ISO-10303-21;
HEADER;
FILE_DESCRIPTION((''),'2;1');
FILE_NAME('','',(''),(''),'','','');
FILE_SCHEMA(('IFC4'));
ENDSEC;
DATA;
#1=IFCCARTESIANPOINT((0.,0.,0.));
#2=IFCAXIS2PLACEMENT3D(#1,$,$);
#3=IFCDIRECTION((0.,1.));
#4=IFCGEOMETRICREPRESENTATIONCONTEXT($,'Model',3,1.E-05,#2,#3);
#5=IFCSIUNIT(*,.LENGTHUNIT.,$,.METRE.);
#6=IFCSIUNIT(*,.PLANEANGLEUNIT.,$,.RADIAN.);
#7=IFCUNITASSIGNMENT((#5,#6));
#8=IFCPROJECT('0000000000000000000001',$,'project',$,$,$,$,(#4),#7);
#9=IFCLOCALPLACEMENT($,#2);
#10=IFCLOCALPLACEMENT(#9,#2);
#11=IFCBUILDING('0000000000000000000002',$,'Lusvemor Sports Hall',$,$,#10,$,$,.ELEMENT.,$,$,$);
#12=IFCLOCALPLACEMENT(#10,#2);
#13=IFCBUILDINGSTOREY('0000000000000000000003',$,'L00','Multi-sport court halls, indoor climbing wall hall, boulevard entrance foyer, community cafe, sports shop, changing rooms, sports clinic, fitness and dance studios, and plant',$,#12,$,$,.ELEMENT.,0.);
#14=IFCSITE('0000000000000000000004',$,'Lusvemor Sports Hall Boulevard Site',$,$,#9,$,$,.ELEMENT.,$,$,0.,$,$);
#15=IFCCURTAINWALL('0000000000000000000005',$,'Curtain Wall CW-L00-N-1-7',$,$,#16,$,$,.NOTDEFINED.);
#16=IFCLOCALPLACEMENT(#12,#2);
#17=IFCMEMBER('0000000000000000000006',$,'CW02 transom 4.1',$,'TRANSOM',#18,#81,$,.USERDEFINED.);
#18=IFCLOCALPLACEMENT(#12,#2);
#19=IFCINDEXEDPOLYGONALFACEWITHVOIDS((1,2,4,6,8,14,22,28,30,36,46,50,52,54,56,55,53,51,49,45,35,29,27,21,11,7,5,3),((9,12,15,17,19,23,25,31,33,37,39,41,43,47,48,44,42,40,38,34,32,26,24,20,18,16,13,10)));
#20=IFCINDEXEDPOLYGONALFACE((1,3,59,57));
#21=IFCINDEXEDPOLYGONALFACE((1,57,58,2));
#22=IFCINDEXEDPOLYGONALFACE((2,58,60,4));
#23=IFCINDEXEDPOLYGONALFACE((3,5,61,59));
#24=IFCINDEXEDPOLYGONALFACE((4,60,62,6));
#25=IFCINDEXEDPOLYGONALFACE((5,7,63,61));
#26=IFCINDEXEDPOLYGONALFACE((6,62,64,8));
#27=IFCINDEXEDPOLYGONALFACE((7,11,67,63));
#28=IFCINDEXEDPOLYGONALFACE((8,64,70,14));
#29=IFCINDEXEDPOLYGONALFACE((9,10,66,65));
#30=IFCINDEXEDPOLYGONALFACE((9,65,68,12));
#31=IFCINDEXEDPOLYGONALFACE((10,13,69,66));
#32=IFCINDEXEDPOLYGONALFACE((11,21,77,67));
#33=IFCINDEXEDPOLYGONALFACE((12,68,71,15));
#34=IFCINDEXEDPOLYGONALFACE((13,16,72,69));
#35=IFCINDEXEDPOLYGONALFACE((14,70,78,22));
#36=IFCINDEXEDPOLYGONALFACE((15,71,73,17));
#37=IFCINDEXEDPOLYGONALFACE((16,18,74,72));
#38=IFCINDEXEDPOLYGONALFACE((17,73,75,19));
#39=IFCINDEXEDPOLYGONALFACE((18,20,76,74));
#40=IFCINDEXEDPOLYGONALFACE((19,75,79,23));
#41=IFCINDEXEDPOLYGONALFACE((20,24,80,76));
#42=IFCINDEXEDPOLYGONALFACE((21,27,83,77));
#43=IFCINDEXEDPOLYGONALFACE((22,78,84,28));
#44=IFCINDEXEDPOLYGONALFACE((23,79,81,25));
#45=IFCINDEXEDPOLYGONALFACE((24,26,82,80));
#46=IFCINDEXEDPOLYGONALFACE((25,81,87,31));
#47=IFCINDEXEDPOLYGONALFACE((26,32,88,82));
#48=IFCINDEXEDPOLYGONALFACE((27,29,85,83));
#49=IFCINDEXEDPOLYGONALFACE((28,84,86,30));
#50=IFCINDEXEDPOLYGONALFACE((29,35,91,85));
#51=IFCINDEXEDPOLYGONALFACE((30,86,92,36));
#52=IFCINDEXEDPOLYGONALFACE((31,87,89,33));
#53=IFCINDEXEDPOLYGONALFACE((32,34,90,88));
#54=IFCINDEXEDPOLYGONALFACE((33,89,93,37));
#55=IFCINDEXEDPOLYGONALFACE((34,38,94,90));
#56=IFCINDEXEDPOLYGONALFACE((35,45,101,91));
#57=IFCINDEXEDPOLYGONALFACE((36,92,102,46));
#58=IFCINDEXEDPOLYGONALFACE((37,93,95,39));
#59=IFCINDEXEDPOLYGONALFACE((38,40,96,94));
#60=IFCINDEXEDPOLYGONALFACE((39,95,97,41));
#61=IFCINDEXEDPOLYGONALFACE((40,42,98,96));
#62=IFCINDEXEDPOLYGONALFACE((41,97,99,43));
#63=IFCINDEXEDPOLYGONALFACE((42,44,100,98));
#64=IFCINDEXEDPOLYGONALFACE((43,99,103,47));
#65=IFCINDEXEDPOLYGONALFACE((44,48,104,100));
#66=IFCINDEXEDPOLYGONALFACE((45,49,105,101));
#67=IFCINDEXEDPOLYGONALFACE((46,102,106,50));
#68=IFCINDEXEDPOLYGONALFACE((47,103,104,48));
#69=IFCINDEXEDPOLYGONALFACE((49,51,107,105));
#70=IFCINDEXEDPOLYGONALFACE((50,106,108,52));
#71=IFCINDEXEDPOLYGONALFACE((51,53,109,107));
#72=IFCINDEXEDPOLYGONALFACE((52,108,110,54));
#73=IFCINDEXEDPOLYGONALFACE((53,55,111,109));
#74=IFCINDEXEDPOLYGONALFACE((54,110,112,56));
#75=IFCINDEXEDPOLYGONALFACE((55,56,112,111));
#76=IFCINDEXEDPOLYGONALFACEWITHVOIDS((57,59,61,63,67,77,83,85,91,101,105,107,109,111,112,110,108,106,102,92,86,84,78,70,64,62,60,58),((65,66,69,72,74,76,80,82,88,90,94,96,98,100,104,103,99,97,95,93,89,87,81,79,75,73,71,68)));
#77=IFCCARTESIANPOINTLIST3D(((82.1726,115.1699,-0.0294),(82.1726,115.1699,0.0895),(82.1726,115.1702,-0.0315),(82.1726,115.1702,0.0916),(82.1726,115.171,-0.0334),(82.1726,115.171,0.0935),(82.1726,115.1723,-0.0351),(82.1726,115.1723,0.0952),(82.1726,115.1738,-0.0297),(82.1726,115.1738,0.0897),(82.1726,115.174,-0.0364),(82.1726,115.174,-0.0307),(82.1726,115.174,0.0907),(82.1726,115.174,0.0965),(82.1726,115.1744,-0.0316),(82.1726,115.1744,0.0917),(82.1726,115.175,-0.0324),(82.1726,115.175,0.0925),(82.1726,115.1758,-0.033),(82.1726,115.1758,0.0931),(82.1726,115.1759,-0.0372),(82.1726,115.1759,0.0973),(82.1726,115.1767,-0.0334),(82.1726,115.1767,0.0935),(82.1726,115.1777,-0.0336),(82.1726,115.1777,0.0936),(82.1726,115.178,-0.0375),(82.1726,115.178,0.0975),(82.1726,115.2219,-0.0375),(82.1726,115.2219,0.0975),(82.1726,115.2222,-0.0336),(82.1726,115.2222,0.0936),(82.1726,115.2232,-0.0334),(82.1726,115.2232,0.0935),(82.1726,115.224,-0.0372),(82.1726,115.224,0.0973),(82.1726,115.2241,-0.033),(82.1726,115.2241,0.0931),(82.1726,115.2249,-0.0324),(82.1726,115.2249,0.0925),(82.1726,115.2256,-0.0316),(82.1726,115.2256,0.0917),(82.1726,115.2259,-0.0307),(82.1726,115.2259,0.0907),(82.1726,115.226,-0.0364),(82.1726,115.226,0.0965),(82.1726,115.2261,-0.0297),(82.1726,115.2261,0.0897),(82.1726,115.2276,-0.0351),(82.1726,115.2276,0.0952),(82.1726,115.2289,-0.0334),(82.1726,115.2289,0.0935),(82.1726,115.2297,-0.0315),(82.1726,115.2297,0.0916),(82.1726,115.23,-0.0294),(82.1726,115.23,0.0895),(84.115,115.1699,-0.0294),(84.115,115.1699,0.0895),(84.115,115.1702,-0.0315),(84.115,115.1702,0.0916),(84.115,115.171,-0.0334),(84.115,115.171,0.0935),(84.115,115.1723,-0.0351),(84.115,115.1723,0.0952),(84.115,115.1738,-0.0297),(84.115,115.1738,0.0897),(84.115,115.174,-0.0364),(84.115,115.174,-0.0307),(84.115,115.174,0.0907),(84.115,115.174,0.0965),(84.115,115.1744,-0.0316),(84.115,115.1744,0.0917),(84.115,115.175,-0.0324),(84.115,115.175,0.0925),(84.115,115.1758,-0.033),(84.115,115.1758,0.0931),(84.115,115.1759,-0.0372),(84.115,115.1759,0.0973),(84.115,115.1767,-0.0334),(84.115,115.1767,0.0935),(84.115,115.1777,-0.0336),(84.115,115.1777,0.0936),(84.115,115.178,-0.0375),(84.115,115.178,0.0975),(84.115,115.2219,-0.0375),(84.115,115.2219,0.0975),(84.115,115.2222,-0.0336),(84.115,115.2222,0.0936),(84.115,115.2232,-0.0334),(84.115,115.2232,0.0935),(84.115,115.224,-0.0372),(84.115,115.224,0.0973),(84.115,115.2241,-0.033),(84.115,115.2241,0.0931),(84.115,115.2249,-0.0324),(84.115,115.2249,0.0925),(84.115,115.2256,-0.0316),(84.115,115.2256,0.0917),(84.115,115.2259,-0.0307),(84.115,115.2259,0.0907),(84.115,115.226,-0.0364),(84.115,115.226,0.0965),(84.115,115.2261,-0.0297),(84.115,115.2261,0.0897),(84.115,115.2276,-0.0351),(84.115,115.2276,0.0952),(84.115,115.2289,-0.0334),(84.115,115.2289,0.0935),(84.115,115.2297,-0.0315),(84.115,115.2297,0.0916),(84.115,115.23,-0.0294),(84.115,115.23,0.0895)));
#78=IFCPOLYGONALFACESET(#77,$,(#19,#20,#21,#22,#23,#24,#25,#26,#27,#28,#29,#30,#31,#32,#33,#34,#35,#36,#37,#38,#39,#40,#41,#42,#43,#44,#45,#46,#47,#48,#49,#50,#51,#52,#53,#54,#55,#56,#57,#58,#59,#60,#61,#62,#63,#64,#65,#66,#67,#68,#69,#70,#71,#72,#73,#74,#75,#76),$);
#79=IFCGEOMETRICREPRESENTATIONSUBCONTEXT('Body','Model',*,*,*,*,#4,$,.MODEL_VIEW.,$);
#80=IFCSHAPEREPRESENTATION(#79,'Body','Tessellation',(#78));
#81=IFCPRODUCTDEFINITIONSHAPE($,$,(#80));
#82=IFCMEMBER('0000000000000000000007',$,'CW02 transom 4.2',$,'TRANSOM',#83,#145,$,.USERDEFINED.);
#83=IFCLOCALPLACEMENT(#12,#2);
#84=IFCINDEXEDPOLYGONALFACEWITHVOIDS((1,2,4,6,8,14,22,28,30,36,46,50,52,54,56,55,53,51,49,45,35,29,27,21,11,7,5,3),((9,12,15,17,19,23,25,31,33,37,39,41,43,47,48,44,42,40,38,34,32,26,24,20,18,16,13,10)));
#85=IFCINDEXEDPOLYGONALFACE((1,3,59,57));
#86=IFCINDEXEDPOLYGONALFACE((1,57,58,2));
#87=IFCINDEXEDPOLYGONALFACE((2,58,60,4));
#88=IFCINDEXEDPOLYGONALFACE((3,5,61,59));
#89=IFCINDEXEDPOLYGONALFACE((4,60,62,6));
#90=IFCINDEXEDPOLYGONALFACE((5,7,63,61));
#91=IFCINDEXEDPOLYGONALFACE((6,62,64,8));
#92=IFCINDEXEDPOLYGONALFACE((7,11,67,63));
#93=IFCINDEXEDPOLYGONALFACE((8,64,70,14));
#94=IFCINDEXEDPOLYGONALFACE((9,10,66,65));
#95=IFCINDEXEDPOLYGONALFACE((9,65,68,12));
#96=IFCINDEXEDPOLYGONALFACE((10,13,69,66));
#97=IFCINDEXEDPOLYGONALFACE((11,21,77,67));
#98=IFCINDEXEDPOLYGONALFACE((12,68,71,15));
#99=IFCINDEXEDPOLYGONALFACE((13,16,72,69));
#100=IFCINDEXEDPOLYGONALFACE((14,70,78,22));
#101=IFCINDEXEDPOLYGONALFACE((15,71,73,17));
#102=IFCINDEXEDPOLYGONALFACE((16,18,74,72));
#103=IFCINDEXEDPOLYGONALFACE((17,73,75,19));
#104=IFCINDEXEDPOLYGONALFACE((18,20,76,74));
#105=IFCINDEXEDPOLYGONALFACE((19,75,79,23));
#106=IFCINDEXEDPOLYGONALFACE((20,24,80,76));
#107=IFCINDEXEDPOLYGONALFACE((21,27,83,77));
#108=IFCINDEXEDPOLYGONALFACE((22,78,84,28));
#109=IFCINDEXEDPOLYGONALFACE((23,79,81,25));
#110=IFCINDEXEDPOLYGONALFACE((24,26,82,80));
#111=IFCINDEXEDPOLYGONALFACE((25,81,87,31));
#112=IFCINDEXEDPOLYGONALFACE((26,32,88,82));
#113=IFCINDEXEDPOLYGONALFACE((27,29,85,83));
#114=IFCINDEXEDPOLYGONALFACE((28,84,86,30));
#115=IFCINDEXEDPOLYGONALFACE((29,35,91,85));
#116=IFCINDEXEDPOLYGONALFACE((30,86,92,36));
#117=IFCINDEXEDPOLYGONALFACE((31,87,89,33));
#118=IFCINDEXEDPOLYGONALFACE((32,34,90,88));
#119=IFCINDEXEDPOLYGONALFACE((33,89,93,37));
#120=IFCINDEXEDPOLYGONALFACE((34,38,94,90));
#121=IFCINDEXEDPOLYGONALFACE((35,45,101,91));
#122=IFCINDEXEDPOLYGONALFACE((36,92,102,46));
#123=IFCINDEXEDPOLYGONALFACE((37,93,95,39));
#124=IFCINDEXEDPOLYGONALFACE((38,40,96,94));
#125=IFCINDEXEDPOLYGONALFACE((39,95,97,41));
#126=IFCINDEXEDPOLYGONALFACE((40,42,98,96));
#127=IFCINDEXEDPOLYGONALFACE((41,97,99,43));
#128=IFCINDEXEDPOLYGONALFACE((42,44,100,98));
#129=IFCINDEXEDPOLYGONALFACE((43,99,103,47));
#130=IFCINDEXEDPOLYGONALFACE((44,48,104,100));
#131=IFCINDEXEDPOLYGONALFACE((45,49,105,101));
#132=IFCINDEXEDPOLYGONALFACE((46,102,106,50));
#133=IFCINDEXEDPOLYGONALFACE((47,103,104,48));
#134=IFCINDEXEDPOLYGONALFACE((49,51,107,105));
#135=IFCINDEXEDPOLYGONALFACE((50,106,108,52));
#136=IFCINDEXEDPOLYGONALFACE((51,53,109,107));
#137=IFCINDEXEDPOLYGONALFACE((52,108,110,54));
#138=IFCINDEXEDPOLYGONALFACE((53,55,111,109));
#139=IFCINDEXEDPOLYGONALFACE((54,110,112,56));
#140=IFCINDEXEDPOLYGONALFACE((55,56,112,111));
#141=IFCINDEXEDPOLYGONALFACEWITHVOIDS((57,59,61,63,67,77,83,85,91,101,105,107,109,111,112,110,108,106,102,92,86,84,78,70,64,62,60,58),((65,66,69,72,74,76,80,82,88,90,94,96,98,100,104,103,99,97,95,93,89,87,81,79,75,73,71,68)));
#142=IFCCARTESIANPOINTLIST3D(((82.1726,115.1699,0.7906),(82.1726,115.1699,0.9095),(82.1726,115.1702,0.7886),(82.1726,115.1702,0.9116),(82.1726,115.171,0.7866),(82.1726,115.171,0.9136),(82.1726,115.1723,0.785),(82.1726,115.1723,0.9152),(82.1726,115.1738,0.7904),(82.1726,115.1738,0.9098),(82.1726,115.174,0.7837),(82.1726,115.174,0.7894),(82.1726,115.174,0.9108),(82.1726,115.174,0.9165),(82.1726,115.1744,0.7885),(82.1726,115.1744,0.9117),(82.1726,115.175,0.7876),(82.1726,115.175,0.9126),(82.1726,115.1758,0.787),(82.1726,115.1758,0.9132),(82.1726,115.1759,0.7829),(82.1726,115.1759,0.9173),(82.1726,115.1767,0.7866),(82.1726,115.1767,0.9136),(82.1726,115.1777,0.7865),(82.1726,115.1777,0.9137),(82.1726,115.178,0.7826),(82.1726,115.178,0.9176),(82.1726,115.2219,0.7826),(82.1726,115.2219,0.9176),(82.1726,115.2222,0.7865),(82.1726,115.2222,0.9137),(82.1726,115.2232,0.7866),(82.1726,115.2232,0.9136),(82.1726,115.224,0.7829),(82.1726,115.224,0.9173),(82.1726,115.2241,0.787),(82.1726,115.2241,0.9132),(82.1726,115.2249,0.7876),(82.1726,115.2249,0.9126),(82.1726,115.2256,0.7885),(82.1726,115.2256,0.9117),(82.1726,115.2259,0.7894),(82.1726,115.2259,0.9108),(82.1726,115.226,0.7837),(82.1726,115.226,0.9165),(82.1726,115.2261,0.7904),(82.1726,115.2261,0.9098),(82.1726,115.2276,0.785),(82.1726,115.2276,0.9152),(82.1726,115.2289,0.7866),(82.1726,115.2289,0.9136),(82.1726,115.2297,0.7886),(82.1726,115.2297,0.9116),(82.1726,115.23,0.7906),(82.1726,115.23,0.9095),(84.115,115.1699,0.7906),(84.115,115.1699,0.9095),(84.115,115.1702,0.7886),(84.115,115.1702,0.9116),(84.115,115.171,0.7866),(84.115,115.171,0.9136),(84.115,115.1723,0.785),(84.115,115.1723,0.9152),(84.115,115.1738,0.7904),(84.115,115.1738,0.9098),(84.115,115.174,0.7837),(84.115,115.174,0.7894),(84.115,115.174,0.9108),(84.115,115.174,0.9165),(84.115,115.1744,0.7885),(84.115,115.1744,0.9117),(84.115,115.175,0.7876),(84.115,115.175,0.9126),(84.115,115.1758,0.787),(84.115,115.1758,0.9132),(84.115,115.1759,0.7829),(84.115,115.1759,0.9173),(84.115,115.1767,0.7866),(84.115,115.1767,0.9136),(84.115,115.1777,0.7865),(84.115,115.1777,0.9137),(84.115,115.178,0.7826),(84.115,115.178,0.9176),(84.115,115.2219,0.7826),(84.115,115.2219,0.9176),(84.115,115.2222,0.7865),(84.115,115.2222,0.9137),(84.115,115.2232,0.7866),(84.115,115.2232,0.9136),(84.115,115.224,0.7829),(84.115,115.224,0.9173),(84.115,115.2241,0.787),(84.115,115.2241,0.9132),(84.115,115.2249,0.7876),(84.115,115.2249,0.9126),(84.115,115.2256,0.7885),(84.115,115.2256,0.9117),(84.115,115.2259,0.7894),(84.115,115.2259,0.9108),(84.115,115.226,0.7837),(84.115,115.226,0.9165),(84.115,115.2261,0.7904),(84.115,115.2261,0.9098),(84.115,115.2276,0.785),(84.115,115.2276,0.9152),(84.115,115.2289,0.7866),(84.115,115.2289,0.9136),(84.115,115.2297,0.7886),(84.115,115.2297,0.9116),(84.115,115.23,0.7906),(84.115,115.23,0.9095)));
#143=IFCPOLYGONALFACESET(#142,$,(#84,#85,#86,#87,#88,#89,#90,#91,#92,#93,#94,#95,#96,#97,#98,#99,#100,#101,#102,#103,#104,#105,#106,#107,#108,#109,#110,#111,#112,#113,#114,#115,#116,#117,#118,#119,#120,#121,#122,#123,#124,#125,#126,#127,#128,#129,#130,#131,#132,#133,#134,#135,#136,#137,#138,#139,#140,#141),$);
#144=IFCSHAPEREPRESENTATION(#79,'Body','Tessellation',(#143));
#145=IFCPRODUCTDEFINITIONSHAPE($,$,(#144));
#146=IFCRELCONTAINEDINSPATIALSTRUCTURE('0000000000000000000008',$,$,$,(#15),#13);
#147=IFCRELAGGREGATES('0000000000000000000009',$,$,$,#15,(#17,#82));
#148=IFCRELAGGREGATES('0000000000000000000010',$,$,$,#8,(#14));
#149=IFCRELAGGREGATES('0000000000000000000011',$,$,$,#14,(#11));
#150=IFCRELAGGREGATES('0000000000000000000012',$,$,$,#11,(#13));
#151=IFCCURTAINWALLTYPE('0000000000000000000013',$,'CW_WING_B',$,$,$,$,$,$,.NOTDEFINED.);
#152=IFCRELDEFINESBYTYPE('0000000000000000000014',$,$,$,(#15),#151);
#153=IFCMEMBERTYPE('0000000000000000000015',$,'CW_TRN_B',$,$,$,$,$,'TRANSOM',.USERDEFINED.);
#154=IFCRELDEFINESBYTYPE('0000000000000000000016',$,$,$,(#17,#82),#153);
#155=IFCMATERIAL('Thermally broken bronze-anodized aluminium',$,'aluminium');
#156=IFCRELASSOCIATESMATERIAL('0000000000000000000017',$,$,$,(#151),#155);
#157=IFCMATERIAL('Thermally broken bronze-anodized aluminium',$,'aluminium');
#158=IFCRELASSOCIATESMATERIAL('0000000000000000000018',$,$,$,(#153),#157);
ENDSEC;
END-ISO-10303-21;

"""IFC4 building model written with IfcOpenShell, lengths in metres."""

from ifc_helpers import new_model, si_unit, direction, frame, origin, origin_2d, place, context, subcontext, project, spatial, hollow_rectangle, extrude, material, material_profile, profile_set, type_object, element, aggregate, save


model = new_model("IFC4")

# Units and contexts
model_context = context("Model", 3, precision=1e-05, world=origin(), true_north=direction((0.0, 1.0)))
body_context = subcontext(model_context, "Body", "Model", "MODEL_VIEW")
ifc_project = project(units=[si_unit("LENGTHUNIT", "METRE"), si_unit("PLANEANGLEUNIT", "RADIAN")], contexts=[model_context])

# Site, building, storey
site_placement = place(None, origin())
site = spatial("IfcSite", under=ifc_project, at=site_placement, Name="Lusvemor Sports Hall Boulevard Site", CompositionType="ELEMENT", RefElevation=0.0)
building_placement = place(site_placement, origin())
building = spatial("IfcBuilding", under=site, at=building_placement, Name="Lusvemor Sports Hall", CompositionType="ELEMENT")
storey_placement = place(building_placement, origin())
storey = spatial("IfcBuildingStorey", under=building, at=storey_placement, Name="L00", Description="Multi-sport court halls, indoor climbing wall hall, boulevard entrance foyer, community cafe, sports shop, changing rooms, sports clinic, fitness and dance studios, and plant", CompositionType="ELEMENT", Elevation=0.0)

# Curtain wall, members
ifc_material_1 = material(Name="Thermally broken bronze-anodized aluminium", Category="aluminium")
curtain_wall_type = type_object("IfcCurtainWallType", Name="CW_WING_B", PredefinedType="NOTDEFINED", material=ifc_material_1)
curtain_wall_placement = place(storey_placement, origin())
curtain_wall = element("IfcCurtainWall", 1, at=curtain_wall_placement, inside=storey, type_object=curtain_wall_type, Name="Curtain Wall CW-L00-N-1-7", PredefinedType="NOTDEFINED")
ifc_material_2 = material(Name="Thermally broken bronze-anodized aluminium", Category="aluminium")
ifc_material_profile_1 = material_profile(ifc_material_2, hollow_rectangle(XDim=0.0601, YDim=0.135, WallThickness=0.0039, InnerFilletRadius=0.0039, OuterFilletRadius=0.0081, at=origin_2d()), Name="CWTRN135x60x4")
ifc_profile_set_1 = profile_set([ifc_material_profile_1], Name="Thermally broken bronze-anodized aluminium")
member_type_1 = type_object("IfcMemberType", Name="CW_TRN_B", ElementType="TRANSOM", PredefinedType="USERDEFINED", material=ifc_profile_set_1)
member_1_placement = place(storey_placement, frame((82.1726, 115.2, 0.03), z_axis=(1.0, 0.0, 0.0), x_axis=(0.0, 1.0, 0.0)))
member_1 = element("IfcMember", 2, at=member_1_placement, type_object=member_type_1, Name="CW02 transom 4.1", ObjectType="TRANSOM", PredefinedType="USERDEFINED", context=body_context, shape_type="SweptSolid", body=[
    extrude(hollow_rectangle(XDim=0.0601, YDim=0.135, WallThickness=0.0039, InnerFilletRadius=0.0039, OuterFilletRadius=0.0081, at=origin_2d()), origin(), (0.0, 0.0, 1.0), 1.9424),
])
member_2_placement = place(storey_placement, frame((82.1726, 115.2, 0.8501), z_axis=(1.0, 0.0, 0.0), x_axis=(0.0, 1.0, 0.0)))
member_2 = element("IfcMember", 3, at=member_2_placement, type_object=member_type_1, Name="CW02 transom 4.2", ObjectType="TRANSOM", PredefinedType="USERDEFINED", context=body_context, shape_type="SweptSolid", body=[
    extrude(hollow_rectangle(XDim=0.0601, YDim=0.135, WallThickness=0.0039, InnerFilletRadius=0.0039, OuterFilletRadius=0.0081, at=origin_2d()), origin(), (0.0, 0.0, 1.0), 1.9424),
])
aggregate(curtain_wall, [member_1, member_2])

save(model, "model.ifc")
